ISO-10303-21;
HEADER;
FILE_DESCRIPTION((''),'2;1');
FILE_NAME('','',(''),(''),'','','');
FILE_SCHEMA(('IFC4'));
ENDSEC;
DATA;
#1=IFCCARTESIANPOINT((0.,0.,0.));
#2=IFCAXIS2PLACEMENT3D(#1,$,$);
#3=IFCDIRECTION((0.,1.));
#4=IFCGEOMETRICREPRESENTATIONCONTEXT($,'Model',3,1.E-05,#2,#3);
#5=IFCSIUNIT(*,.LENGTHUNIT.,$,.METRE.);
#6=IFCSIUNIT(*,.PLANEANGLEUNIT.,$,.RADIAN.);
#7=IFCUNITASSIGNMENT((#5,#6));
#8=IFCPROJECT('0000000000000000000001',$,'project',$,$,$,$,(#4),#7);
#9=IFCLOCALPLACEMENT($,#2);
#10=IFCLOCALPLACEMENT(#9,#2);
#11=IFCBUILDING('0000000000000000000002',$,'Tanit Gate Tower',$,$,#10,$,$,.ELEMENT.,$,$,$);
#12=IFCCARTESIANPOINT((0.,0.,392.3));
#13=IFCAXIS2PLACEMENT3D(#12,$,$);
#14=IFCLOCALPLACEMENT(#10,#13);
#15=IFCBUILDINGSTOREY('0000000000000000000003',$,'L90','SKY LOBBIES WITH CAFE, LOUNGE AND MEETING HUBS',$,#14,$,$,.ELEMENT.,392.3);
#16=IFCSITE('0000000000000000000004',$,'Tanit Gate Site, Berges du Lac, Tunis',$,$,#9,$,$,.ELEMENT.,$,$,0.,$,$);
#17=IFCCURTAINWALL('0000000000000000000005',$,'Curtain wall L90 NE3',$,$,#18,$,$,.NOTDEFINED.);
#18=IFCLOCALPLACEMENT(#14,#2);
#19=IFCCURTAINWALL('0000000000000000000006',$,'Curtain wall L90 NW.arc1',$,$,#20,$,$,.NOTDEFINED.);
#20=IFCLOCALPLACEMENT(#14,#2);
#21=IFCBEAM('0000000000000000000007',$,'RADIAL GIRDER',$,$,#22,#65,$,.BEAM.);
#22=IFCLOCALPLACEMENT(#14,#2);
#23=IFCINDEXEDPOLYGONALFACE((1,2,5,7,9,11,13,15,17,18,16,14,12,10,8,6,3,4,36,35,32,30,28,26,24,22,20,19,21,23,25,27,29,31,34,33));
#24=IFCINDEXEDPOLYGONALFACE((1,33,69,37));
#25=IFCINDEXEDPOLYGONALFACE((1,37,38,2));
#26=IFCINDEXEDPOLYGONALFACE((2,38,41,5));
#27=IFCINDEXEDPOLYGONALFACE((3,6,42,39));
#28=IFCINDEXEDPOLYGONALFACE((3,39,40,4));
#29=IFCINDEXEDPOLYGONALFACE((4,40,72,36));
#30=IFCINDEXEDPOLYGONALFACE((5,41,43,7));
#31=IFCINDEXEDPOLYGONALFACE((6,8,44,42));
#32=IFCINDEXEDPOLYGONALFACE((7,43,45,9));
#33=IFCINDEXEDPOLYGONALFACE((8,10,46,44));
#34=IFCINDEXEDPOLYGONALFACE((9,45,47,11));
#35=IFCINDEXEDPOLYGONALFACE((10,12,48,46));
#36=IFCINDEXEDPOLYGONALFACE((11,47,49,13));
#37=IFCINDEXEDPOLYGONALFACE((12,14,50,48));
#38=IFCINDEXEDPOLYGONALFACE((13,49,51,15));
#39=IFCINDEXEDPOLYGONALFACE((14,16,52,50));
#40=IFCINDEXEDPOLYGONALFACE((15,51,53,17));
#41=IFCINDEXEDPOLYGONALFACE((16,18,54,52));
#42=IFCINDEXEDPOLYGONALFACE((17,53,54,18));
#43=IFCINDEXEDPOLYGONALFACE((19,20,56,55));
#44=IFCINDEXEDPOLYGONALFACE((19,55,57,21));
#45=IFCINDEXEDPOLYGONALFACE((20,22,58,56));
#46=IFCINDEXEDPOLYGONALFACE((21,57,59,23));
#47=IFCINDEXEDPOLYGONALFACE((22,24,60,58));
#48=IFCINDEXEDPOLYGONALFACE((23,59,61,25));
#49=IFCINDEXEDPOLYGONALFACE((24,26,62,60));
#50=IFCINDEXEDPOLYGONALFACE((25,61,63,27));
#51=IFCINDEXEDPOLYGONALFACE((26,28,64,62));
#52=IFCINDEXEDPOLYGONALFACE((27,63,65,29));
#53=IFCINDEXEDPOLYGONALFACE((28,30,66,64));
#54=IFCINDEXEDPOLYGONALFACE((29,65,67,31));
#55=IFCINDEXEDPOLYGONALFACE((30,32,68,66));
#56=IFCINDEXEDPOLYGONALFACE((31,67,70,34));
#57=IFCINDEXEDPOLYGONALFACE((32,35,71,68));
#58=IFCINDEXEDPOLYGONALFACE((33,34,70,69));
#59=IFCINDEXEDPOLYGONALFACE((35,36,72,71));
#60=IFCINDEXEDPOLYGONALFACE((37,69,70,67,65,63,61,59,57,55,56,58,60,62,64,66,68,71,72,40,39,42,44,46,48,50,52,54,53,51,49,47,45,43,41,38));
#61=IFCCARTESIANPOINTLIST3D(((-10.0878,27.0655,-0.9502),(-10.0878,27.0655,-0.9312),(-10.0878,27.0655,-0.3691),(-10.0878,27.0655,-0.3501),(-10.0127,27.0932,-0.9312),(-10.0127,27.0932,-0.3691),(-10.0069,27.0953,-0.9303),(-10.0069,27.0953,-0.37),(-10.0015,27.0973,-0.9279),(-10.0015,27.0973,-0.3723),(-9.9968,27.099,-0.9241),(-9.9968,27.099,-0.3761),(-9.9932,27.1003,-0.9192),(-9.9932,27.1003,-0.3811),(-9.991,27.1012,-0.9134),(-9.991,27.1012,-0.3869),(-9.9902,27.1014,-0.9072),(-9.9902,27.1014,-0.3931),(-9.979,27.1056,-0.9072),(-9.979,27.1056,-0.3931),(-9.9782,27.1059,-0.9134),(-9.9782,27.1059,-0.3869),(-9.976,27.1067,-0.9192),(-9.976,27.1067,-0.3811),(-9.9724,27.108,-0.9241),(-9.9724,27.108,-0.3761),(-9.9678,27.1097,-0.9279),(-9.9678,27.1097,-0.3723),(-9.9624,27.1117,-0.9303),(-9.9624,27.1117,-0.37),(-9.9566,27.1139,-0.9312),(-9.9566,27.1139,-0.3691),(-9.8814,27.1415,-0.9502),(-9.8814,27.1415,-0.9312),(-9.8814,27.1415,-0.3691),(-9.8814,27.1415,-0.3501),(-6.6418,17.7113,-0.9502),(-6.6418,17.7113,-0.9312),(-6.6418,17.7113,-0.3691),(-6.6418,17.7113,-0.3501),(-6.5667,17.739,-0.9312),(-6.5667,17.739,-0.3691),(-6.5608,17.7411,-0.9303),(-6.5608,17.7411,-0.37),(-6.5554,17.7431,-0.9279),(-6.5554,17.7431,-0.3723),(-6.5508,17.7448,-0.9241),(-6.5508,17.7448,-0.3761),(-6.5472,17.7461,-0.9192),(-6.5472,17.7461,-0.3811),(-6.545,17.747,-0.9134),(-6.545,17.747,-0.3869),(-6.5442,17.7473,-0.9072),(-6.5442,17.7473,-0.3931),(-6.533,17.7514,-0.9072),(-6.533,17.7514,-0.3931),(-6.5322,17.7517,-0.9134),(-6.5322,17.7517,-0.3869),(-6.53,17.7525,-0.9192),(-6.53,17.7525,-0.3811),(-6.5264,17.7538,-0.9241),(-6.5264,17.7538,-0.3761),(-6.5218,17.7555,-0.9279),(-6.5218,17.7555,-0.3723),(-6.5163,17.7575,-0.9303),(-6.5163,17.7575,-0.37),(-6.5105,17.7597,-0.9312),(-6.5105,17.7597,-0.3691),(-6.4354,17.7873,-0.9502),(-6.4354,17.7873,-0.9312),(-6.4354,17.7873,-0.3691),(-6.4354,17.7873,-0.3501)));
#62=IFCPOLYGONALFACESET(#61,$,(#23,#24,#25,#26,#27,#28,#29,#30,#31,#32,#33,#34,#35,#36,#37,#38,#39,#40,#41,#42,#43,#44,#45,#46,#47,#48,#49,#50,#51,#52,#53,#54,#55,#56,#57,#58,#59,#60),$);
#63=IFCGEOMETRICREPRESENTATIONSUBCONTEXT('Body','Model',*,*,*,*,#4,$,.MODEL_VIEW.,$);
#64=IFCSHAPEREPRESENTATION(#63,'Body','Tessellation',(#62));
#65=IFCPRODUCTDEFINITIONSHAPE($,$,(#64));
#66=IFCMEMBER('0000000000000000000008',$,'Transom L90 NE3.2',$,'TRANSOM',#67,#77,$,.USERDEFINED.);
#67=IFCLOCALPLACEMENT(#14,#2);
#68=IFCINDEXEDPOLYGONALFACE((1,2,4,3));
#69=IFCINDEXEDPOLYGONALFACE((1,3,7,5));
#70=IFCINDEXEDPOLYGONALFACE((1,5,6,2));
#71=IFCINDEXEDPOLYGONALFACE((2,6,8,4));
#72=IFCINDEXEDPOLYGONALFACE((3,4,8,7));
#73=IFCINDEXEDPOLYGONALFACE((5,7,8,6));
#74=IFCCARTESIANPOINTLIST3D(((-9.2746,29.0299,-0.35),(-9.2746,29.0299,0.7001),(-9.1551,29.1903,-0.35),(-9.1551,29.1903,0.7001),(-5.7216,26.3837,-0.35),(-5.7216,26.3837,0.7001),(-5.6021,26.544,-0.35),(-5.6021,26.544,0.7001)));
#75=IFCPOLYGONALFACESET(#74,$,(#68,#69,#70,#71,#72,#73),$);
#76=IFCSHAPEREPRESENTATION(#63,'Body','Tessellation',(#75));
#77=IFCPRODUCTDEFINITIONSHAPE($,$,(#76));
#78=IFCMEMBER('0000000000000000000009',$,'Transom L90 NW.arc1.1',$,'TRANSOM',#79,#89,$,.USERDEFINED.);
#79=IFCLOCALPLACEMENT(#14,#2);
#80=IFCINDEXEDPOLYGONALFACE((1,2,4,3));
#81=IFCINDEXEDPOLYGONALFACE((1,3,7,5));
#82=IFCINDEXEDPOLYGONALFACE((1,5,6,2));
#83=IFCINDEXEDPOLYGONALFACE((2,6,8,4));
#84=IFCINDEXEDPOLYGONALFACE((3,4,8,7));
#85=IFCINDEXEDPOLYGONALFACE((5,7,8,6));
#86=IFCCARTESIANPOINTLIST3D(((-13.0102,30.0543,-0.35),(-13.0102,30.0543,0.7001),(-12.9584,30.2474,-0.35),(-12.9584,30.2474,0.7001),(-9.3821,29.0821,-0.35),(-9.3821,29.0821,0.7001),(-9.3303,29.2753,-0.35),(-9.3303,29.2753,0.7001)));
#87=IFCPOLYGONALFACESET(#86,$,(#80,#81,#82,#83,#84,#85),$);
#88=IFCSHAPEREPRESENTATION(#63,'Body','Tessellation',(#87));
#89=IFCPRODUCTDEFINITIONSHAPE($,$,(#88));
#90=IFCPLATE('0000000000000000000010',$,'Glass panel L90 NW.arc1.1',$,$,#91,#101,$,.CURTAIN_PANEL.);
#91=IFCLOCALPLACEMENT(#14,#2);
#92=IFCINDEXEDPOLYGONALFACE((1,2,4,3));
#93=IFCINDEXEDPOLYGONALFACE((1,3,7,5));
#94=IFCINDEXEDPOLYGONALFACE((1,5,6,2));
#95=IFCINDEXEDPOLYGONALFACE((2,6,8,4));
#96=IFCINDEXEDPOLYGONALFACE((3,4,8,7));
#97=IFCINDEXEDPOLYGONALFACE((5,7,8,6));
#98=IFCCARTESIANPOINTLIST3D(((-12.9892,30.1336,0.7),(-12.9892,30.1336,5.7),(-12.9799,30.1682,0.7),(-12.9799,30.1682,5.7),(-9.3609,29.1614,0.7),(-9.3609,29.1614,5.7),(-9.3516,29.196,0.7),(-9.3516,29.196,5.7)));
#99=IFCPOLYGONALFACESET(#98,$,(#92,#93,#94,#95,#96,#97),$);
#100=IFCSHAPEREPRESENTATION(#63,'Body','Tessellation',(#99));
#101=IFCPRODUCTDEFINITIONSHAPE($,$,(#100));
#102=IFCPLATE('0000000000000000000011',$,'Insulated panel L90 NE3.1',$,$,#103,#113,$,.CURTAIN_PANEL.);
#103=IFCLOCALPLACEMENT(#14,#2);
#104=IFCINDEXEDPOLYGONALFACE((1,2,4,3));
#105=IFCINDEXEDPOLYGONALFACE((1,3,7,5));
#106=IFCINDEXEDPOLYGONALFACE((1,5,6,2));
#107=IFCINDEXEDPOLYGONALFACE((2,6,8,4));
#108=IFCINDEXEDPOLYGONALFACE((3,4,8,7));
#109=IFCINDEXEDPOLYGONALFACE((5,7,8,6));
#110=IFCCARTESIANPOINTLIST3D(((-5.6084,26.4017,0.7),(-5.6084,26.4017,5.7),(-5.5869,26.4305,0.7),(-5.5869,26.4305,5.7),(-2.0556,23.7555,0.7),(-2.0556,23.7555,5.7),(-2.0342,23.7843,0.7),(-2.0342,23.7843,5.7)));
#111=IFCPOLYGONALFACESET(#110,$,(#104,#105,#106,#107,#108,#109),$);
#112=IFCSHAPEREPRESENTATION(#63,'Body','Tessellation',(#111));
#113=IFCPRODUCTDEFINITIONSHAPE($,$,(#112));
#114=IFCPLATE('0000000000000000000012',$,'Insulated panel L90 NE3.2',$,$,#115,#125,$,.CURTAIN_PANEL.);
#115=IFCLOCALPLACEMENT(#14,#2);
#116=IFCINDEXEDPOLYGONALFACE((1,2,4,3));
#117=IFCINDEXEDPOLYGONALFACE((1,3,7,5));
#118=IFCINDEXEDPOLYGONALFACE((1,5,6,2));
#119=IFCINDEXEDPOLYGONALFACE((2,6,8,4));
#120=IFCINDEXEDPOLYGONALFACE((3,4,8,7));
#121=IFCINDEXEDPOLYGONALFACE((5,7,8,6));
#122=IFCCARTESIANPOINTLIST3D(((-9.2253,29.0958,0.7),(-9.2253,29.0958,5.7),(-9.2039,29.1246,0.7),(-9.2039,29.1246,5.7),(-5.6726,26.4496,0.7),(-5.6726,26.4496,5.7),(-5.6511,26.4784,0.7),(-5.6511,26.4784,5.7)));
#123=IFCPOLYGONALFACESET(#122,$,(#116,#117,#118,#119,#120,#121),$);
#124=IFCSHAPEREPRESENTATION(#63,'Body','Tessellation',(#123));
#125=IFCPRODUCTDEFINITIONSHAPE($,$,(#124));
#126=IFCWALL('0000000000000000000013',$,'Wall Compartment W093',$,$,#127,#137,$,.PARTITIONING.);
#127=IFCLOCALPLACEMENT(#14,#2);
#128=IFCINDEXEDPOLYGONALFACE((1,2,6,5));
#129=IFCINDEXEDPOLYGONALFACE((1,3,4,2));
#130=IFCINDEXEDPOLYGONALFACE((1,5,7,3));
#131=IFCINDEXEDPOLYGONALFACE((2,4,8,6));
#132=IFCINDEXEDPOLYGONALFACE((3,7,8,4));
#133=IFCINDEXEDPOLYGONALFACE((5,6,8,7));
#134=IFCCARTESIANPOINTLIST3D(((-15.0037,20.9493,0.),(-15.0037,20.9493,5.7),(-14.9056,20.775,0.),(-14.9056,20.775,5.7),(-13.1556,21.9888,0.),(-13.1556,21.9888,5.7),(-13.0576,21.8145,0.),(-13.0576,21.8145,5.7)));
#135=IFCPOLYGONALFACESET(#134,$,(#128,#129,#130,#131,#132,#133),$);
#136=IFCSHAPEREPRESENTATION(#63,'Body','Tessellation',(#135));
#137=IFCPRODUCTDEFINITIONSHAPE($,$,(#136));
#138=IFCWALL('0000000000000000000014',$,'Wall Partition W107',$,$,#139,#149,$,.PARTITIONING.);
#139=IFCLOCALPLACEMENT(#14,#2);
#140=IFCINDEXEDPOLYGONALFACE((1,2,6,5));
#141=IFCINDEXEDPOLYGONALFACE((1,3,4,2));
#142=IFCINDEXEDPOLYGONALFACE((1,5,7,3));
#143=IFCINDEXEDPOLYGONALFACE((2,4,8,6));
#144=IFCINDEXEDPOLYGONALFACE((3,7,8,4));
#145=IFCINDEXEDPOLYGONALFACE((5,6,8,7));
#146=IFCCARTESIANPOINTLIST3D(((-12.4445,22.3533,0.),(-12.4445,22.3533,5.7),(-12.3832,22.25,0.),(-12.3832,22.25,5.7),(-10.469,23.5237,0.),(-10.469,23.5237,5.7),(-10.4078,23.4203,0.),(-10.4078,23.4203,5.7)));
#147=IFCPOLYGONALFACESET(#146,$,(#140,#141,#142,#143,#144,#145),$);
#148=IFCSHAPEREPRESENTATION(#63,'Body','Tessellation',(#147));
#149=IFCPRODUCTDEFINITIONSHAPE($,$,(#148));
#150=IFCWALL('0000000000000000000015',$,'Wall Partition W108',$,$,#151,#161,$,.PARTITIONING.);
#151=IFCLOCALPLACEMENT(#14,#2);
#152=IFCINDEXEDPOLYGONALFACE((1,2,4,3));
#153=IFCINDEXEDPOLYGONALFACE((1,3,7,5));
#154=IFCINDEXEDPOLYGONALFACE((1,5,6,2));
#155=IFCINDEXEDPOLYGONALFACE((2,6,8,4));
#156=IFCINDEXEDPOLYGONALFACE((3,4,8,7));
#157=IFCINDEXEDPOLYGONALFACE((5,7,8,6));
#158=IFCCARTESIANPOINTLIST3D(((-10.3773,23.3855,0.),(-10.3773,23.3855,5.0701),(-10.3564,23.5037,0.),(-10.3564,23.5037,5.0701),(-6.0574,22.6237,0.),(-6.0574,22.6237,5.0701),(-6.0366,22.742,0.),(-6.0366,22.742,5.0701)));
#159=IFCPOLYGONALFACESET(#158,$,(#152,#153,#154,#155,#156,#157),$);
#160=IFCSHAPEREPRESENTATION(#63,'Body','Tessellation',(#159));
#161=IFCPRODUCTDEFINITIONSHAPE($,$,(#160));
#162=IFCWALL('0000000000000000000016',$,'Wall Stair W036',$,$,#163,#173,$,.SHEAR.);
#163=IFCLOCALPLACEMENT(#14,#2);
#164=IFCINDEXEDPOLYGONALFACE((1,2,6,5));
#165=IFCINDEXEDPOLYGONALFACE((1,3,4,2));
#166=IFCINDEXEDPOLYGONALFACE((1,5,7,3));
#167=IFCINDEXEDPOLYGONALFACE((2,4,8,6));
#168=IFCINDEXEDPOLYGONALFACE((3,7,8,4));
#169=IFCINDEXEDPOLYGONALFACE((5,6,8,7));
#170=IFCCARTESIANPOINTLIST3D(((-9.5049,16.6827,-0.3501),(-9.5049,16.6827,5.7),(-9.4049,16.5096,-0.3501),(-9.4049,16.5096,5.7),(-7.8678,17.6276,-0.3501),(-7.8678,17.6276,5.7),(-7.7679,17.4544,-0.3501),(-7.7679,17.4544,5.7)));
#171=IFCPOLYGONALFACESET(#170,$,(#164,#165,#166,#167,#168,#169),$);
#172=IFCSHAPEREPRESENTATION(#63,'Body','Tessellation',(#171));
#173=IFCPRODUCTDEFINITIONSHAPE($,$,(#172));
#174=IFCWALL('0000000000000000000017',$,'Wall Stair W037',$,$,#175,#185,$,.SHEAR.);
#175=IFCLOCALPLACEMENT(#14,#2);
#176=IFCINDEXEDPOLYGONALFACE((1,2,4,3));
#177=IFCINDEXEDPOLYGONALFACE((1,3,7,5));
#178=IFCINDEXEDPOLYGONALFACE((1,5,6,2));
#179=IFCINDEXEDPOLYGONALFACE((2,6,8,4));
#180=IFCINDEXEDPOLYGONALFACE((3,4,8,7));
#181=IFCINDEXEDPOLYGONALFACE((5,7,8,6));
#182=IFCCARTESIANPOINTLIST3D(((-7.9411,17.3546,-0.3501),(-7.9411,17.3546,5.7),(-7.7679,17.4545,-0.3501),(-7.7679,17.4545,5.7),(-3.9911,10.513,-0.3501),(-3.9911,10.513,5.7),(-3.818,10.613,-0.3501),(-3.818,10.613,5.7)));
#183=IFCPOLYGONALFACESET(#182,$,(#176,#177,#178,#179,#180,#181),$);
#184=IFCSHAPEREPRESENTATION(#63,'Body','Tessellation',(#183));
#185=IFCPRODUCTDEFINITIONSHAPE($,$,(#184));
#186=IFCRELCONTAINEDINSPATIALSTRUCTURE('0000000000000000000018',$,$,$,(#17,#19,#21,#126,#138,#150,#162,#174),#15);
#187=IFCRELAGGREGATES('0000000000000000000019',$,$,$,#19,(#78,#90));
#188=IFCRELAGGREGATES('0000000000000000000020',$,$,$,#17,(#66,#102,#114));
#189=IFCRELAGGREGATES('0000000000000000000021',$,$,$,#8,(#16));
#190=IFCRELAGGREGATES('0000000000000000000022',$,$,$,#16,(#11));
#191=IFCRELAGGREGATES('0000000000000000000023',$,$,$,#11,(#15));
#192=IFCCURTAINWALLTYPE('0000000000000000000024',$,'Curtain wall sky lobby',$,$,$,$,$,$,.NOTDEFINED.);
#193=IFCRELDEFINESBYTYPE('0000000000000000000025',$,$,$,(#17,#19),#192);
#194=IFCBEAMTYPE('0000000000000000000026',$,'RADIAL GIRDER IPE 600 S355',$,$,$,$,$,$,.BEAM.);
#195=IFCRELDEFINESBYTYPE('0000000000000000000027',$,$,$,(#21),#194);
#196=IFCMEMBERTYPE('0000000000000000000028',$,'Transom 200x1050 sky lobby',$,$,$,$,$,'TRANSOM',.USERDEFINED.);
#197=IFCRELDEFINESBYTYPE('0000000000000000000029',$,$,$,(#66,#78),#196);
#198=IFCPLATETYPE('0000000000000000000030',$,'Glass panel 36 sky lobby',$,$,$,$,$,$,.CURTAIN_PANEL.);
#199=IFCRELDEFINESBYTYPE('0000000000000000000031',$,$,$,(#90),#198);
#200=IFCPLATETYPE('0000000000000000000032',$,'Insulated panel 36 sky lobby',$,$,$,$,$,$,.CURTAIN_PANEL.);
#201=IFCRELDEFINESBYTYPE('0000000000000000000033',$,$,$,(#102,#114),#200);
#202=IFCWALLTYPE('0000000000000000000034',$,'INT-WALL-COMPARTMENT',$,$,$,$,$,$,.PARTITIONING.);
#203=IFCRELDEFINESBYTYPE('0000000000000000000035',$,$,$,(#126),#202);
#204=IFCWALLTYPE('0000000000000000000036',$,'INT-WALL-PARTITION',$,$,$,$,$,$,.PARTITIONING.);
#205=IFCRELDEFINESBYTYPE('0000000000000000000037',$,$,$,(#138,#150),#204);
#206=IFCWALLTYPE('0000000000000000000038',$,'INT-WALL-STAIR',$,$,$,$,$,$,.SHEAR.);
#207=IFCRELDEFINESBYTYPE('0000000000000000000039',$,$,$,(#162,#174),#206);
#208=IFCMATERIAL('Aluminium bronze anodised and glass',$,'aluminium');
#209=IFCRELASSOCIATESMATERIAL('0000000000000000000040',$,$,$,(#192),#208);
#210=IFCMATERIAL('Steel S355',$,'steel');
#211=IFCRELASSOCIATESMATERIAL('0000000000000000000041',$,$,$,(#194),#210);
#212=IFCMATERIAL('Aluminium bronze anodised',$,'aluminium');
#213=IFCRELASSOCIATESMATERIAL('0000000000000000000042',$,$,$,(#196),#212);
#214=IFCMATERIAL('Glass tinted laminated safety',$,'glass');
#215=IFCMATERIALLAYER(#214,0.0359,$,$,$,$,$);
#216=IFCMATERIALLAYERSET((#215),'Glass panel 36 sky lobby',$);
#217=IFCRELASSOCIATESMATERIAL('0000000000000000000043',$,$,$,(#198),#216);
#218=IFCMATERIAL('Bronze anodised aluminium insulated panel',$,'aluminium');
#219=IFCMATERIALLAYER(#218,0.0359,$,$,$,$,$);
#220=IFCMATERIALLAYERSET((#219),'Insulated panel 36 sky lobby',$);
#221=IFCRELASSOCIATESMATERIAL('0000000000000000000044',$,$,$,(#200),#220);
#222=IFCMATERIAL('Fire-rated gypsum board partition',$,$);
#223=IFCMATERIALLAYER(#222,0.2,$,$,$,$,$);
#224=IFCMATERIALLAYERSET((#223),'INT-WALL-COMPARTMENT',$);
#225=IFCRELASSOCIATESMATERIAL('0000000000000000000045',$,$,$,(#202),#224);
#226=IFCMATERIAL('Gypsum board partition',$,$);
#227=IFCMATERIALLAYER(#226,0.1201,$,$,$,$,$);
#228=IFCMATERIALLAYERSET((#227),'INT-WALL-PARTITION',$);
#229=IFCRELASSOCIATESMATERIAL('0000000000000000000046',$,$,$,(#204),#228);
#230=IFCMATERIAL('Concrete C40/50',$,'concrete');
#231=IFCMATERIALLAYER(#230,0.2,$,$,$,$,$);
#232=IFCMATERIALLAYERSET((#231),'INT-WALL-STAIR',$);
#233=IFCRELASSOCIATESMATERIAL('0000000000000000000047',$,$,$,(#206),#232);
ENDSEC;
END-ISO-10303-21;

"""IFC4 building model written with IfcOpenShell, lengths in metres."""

from ifc_helpers import new_model, si_unit, direction, frame, frame_2d, origin, origin_2d, place, context, subcontext, project, spatial, rectangle, i_section, extrude, material, layer, layer_set, material_profile, profile_set, type_object, element, aggregate, save


model = new_model("IFC4")

# Units and contexts
model_context = context("Model", 3, precision=1e-05, world=origin(), true_north=direction((0.0, 1.0)))
body_context = subcontext(model_context, "Body", "Model", "MODEL_VIEW")
ifc_project = project(units=[si_unit("LENGTHUNIT", "METRE"), si_unit("PLANEANGLEUNIT", "RADIAN")], contexts=[model_context])

# Site, building, storey
site_placement = place(None, origin())
site = spatial("IfcSite", under=ifc_project, at=site_placement, Name="Tanit Gate Site, Berges du Lac, Tunis", CompositionType="ELEMENT", RefElevation=0.0)
building_placement = place(site_placement, origin())
building = spatial("IfcBuilding", under=site, at=building_placement, Name="Tanit Gate Tower", CompositionType="ELEMENT")
storey_placement = place(building_placement, frame((0.0, 0.0, 392.3)))
storey = spatial("IfcBuildingStorey", under=building, at=storey_placement, Name="L90", Description="SKY LOBBIES WITH CAFE, LOUNGE AND MEETING HUBS", CompositionType="ELEMENT", Elevation=392.3)

# Curtain walls
ifc_material_1 = material(Name="Aluminium bronze anodised and glass", Category="aluminium")
curtain_wall_type = type_object("IfcCurtainWallType", Name="Curtain wall sky lobby", PredefinedType="NOTDEFINED", material=ifc_material_1)
curtain_wall_1_placement = place(storey_placement, origin())
curtain_wall_1 = element("IfcCurtainWall", 1, at=curtain_wall_1_placement, inside=storey, type_object=curtain_wall_type, Name="Curtain wall L90 NE3", PredefinedType="NOTDEFINED")
curtain_wall_2_placement = place(storey_placement, origin())
curtain_wall_2 = element("IfcCurtainWall", 2, at=curtain_wall_2_placement, inside=storey, type_object=curtain_wall_type, Name="Curtain wall L90 NW.arc1", PredefinedType="NOTDEFINED")

# Beam
ifc_material_2 = material(Name="Steel S355", Category="steel")
ifc_material_profile_1 = material_profile(ifc_material_2, i_section(OverallWidth=0.22, OverallDepth=0.6001, WebThickness=0.012, FlangeThickness=0.019, FilletRadius=0.0239, at=origin_2d()), Name="IPE 600")
ifc_profile_set_1 = profile_set([ifc_material_profile_1], Name="Steel S355")
beam_type_1 = type_object("IfcBeamType", Name="RADIAL GIRDER IPE 600 S355", PredefinedType="BEAM", material=ifc_profile_set_1)
beam_1_placement = place(storey_placement, frame((-9.9846, 27.1035, -0.6501), z_axis=(0.345683, -0.938351, 0.0), x_axis=(0.938351, 0.345683, 0.0)))
element("IfcBeam", 3, at=beam_1_placement, inside=storey, type_object=beam_type_1, Name="RADIAL GIRDER", PredefinedType="BEAM", context=body_context, shape_type="SweptSolid", body=[
    extrude(i_section(OverallWidth=0.22, OverallDepth=0.6001, WebThickness=0.012, FlangeThickness=0.019, FilletRadius=0.0239, at=origin_2d()), origin(), (0.0, 0.0, 1.0), 9.9688),
])

# Members
ifc_material_3 = material(Name="Aluminium bronze anodised", Category="aluminium")
ifc_material_profile_2 = material_profile(ifc_material_3, rectangle(XDim=0.2, YDim=1.05, at=origin_2d()), Name="200x1050 bronze transom")
ifc_profile_set_2 = profile_set([ifc_material_profile_2], Name="Aluminium bronze anodised")
member_type_1 = type_object("IfcMemberType", Name="Transom 200x1050 sky lobby", ElementType="TRANSOM", PredefinedType="USERDEFINED", material=ifc_profile_set_2)
member_1_placement = place(storey_placement, frame((-5.6619, 26.4639, 0.175), z_axis=(-0.801999, 0.597325, 0.0), x_axis=(-0.597325, -0.801999, 0.0)))
member_1 = element("IfcMember", 4, at=member_1_placement, type_object=member_type_1, Name="Transom L90 NE3.2", ObjectType="TRANSOM", PredefinedType="USERDEFINED", context=body_context, shape_type="SweptSolid", body=[
    extrude(rectangle(XDim=0.2, YDim=1.05, at=origin_2d()), origin(), (0.0, 0.0, 1.0), 4.4302),
])
member_2_placement = place(storey_placement, frame((-9.3562, 29.1787, 0.175), z_axis=(-0.965926, 0.258819, 0.0), x_axis=(-0.258819, -0.965926, 0.0)))
member_2 = element("IfcMember", 5, at=member_2_placement, type_object=member_type_1, Name="Transom L90 NW.arc1.1", ObjectType="TRANSOM", PredefinedType="USERDEFINED", context=body_context, shape_type="SweptSolid", body=[
    extrude(rectangle(XDim=0.2, YDim=1.05, at=origin_2d()), origin(), (0.0, 0.0, 1.0), 3.7561),
])

# Plates
ifc_material_4 = material(Name="Glass tinted laminated safety", Category="glass")
ifc_layer_1 = layer(ifc_material_4, 0.0359)
ifc_layer_set_1 = layer_set([ifc_layer_1], Name="Glass panel 36 sky lobby")
plate_type_1 = type_object("IfcPlateType", Name="Glass panel 36 sky lobby", PredefinedType="CURTAIN_PANEL", material=ifc_layer_set_1)
plate_1_placement = place(storey_placement, frame((-11.1704, 29.6648, 0.7), z_axis=(0.0, 0.0, 1.0), x_axis=(-0.965926, 0.258819, 0.0)))
plate_1 = element("IfcPlate", 6, at=plate_1_placement, type_object=plate_type_1, Name="Glass panel L90 NW.arc1.1", PredefinedType="CURTAIN_PANEL", context=body_context, shape_type="SweptSolid", body=[
    extrude(rectangle(XDim=3.7563, YDim=0.0359, at=origin_2d()), origin(), (0.0, 0.0, 1.0), 5.0),
])
aggregate(curtain_wall_2, [member_2, plate_1])
ifc_material_5 = material(Name="Bronze anodised aluminium insulated panel", Category="aluminium")
ifc_layer_2 = layer(ifc_material_5, 0.0359)
ifc_layer_set_2 = layer_set([ifc_layer_2], Name="Insulated panel 36 sky lobby")
plate_type_2 = type_object("IfcPlateType", Name="Insulated panel 36 sky lobby", PredefinedType="CURTAIN_PANEL", material=ifc_layer_set_2)
plate_2_placement = place(storey_placement, frame((-3.8213, 25.093, 0.7), z_axis=(0.0, 0.0, 1.0), x_axis=(-0.801988, 0.597341, 0.0)))
plate_2 = element("IfcPlate", 7, at=plate_2_placement, type_object=plate_type_2, Name="Insulated panel L90 NE3.1", PredefinedType="CURTAIN_PANEL", context=body_context, shape_type="SweptSolid", body=[
    extrude(rectangle(XDim=4.4299, YDim=0.0359, at=origin_2d()), origin(), (0.0, 0.0, 1.0), 5.0),
])
plate_3_placement = place(storey_placement, frame((-7.4382, 27.7871, 0.7), z_axis=(0.0, 0.0, 1.0), x_axis=(-0.801988, 0.597341, 0.0)))
plate_3 = element("IfcPlate", 8, at=plate_3_placement, type_object=plate_type_2, Name="Insulated panel L90 NE3.2", PredefinedType="CURTAIN_PANEL", context=body_context, shape_type="SweptSolid", body=[
    extrude(rectangle(XDim=4.4299, YDim=0.0359, at=origin_2d()), origin(), (0.0, 0.0, 1.0), 5.0),
])
aggregate(curtain_wall_1, [member_1, plate_2, plate_3])

# Walls
ifc_material_6 = material(Name="Fire-rated gypsum board partition")
ifc_layer_3 = layer(ifc_material_6, 0.2)
ifc_layer_set_3 = layer_set([ifc_layer_3], Name="INT-WALL-COMPARTMENT")
wall_type_1 = type_object("IfcWallType", Name="INT-WALL-COMPARTMENT", PredefinedType="PARTITIONING", material=ifc_layer_set_3)
wall_1_placement = place(storey_placement, frame((-13.1067, 21.9016, 0.0), z_axis=(0.0, 0.0, 1.0), x_axis=(-0.871582, -0.49025, 0.0)))
element("IfcWall", 9, at=wall_1_placement, inside=storey, type_object=wall_type_1, Name="Wall Compartment W093", PredefinedType="PARTITIONING", context=body_context, shape_type="SweptSolid", body=[
    extrude(rectangle(XDim=2.1204, YDim=0.2, at=frame_2d((1.0601, 0.0))), origin(), (0.0, 0.0, 1.0), 5.7),
])
ifc_material_7 = material(Name="Gypsum board partition")
ifc_layer_4 = layer(ifc_material_7, 0.1201)
ifc_layer_set_4 = layer_set([ifc_layer_4], Name="INT-WALL-PARTITION")
wall_type_2 = type_object("IfcWallType", Name="INT-WALL-PARTITION", PredefinedType="PARTITIONING", material=ifc_layer_set_4)
wall_2_placement = place(storey_placement, frame((-10.4385, 23.4719, 0.0), z_axis=(0.0, 0.0, 1.0), x_axis=(-0.86035, -0.509703, 0.0)))
element("IfcWall", 10, at=wall_2_placement, inside=storey, type_object=wall_type_2, Name="Wall Partition W107", PredefinedType="PARTITIONING", context=body_context, shape_type="SweptSolid", body=[
    extrude(rectangle(XDim=2.2961, YDim=0.1201, at=frame_2d((1.1479, 0.0))), origin(), (0.0, 0.0, 1.0), 5.7),
])
wall_3_placement = place(storey_placement, frame((-6.0469, 22.6829, 0.0), z_axis=(0.0, 0.0, 1.0), x_axis=(-0.984807, 0.173652, 0.0)))
element("IfcWall", 11, at=wall_3_placement, inside=storey, type_object=wall_type_2, Name="Wall Partition W108", PredefinedType="PARTITIONING", context=body_context, shape_type="SweptSolid", body=[
    extrude(rectangle(XDim=4.3865, YDim=0.1201, at=frame_2d((2.1934, 0.0))), origin(), (0.0, 0.0, 1.0), 5.0701),
])
ifc_material_8 = material(Name="Concrete C40/50", Category="concrete")
ifc_layer_5 = layer(ifc_material_8, 0.2)
ifc_layer_set_5 = layer_set([ifc_layer_5], Name="INT-WALL-STAIR")
wall_type_3 = type_object("IfcWallType", Name="INT-WALL-STAIR", PredefinedType="SHEAR", material=ifc_layer_set_5)
wall_4_placement = place(storey_placement, frame((-7.8179, 17.541, -0.3501), z_axis=(0.0, 0.0, 1.0), x_axis=(-0.866089, -0.49989, 0.0)))
element("IfcWall", 12, at=wall_4_placement, inside=storey, type_object=wall_type_3, Name="Wall Stair W036", PredefinedType="SHEAR", context=body_context, shape_type="SweptSolid", body=[
    extrude(rectangle(XDim=1.8901, YDim=0.2, at=frame_2d((0.9451, 0.0))), origin(), (0.0, 0.0, 1.0), 6.05),
])
wall_5_placement = place(storey_placement, frame((-7.8545, 17.4045, -0.3501), z_axis=(0.0, 0.0, 1.0), x_axis=(0.499998, -0.866027, 0.0)))
element("IfcWall", 13, at=wall_5_placement, inside=storey, type_object=wall_type_3, Name="Wall Stair W037", PredefinedType="SHEAR", context=body_context, shape_type="SweptSolid", body=[
    extrude(rectangle(XDim=7.8999, YDim=0.2, at=frame_2d((3.95, 0.0))), origin(), (0.0, 0.0, 1.0), 6.05),
])

save(model, "model.ifc")
